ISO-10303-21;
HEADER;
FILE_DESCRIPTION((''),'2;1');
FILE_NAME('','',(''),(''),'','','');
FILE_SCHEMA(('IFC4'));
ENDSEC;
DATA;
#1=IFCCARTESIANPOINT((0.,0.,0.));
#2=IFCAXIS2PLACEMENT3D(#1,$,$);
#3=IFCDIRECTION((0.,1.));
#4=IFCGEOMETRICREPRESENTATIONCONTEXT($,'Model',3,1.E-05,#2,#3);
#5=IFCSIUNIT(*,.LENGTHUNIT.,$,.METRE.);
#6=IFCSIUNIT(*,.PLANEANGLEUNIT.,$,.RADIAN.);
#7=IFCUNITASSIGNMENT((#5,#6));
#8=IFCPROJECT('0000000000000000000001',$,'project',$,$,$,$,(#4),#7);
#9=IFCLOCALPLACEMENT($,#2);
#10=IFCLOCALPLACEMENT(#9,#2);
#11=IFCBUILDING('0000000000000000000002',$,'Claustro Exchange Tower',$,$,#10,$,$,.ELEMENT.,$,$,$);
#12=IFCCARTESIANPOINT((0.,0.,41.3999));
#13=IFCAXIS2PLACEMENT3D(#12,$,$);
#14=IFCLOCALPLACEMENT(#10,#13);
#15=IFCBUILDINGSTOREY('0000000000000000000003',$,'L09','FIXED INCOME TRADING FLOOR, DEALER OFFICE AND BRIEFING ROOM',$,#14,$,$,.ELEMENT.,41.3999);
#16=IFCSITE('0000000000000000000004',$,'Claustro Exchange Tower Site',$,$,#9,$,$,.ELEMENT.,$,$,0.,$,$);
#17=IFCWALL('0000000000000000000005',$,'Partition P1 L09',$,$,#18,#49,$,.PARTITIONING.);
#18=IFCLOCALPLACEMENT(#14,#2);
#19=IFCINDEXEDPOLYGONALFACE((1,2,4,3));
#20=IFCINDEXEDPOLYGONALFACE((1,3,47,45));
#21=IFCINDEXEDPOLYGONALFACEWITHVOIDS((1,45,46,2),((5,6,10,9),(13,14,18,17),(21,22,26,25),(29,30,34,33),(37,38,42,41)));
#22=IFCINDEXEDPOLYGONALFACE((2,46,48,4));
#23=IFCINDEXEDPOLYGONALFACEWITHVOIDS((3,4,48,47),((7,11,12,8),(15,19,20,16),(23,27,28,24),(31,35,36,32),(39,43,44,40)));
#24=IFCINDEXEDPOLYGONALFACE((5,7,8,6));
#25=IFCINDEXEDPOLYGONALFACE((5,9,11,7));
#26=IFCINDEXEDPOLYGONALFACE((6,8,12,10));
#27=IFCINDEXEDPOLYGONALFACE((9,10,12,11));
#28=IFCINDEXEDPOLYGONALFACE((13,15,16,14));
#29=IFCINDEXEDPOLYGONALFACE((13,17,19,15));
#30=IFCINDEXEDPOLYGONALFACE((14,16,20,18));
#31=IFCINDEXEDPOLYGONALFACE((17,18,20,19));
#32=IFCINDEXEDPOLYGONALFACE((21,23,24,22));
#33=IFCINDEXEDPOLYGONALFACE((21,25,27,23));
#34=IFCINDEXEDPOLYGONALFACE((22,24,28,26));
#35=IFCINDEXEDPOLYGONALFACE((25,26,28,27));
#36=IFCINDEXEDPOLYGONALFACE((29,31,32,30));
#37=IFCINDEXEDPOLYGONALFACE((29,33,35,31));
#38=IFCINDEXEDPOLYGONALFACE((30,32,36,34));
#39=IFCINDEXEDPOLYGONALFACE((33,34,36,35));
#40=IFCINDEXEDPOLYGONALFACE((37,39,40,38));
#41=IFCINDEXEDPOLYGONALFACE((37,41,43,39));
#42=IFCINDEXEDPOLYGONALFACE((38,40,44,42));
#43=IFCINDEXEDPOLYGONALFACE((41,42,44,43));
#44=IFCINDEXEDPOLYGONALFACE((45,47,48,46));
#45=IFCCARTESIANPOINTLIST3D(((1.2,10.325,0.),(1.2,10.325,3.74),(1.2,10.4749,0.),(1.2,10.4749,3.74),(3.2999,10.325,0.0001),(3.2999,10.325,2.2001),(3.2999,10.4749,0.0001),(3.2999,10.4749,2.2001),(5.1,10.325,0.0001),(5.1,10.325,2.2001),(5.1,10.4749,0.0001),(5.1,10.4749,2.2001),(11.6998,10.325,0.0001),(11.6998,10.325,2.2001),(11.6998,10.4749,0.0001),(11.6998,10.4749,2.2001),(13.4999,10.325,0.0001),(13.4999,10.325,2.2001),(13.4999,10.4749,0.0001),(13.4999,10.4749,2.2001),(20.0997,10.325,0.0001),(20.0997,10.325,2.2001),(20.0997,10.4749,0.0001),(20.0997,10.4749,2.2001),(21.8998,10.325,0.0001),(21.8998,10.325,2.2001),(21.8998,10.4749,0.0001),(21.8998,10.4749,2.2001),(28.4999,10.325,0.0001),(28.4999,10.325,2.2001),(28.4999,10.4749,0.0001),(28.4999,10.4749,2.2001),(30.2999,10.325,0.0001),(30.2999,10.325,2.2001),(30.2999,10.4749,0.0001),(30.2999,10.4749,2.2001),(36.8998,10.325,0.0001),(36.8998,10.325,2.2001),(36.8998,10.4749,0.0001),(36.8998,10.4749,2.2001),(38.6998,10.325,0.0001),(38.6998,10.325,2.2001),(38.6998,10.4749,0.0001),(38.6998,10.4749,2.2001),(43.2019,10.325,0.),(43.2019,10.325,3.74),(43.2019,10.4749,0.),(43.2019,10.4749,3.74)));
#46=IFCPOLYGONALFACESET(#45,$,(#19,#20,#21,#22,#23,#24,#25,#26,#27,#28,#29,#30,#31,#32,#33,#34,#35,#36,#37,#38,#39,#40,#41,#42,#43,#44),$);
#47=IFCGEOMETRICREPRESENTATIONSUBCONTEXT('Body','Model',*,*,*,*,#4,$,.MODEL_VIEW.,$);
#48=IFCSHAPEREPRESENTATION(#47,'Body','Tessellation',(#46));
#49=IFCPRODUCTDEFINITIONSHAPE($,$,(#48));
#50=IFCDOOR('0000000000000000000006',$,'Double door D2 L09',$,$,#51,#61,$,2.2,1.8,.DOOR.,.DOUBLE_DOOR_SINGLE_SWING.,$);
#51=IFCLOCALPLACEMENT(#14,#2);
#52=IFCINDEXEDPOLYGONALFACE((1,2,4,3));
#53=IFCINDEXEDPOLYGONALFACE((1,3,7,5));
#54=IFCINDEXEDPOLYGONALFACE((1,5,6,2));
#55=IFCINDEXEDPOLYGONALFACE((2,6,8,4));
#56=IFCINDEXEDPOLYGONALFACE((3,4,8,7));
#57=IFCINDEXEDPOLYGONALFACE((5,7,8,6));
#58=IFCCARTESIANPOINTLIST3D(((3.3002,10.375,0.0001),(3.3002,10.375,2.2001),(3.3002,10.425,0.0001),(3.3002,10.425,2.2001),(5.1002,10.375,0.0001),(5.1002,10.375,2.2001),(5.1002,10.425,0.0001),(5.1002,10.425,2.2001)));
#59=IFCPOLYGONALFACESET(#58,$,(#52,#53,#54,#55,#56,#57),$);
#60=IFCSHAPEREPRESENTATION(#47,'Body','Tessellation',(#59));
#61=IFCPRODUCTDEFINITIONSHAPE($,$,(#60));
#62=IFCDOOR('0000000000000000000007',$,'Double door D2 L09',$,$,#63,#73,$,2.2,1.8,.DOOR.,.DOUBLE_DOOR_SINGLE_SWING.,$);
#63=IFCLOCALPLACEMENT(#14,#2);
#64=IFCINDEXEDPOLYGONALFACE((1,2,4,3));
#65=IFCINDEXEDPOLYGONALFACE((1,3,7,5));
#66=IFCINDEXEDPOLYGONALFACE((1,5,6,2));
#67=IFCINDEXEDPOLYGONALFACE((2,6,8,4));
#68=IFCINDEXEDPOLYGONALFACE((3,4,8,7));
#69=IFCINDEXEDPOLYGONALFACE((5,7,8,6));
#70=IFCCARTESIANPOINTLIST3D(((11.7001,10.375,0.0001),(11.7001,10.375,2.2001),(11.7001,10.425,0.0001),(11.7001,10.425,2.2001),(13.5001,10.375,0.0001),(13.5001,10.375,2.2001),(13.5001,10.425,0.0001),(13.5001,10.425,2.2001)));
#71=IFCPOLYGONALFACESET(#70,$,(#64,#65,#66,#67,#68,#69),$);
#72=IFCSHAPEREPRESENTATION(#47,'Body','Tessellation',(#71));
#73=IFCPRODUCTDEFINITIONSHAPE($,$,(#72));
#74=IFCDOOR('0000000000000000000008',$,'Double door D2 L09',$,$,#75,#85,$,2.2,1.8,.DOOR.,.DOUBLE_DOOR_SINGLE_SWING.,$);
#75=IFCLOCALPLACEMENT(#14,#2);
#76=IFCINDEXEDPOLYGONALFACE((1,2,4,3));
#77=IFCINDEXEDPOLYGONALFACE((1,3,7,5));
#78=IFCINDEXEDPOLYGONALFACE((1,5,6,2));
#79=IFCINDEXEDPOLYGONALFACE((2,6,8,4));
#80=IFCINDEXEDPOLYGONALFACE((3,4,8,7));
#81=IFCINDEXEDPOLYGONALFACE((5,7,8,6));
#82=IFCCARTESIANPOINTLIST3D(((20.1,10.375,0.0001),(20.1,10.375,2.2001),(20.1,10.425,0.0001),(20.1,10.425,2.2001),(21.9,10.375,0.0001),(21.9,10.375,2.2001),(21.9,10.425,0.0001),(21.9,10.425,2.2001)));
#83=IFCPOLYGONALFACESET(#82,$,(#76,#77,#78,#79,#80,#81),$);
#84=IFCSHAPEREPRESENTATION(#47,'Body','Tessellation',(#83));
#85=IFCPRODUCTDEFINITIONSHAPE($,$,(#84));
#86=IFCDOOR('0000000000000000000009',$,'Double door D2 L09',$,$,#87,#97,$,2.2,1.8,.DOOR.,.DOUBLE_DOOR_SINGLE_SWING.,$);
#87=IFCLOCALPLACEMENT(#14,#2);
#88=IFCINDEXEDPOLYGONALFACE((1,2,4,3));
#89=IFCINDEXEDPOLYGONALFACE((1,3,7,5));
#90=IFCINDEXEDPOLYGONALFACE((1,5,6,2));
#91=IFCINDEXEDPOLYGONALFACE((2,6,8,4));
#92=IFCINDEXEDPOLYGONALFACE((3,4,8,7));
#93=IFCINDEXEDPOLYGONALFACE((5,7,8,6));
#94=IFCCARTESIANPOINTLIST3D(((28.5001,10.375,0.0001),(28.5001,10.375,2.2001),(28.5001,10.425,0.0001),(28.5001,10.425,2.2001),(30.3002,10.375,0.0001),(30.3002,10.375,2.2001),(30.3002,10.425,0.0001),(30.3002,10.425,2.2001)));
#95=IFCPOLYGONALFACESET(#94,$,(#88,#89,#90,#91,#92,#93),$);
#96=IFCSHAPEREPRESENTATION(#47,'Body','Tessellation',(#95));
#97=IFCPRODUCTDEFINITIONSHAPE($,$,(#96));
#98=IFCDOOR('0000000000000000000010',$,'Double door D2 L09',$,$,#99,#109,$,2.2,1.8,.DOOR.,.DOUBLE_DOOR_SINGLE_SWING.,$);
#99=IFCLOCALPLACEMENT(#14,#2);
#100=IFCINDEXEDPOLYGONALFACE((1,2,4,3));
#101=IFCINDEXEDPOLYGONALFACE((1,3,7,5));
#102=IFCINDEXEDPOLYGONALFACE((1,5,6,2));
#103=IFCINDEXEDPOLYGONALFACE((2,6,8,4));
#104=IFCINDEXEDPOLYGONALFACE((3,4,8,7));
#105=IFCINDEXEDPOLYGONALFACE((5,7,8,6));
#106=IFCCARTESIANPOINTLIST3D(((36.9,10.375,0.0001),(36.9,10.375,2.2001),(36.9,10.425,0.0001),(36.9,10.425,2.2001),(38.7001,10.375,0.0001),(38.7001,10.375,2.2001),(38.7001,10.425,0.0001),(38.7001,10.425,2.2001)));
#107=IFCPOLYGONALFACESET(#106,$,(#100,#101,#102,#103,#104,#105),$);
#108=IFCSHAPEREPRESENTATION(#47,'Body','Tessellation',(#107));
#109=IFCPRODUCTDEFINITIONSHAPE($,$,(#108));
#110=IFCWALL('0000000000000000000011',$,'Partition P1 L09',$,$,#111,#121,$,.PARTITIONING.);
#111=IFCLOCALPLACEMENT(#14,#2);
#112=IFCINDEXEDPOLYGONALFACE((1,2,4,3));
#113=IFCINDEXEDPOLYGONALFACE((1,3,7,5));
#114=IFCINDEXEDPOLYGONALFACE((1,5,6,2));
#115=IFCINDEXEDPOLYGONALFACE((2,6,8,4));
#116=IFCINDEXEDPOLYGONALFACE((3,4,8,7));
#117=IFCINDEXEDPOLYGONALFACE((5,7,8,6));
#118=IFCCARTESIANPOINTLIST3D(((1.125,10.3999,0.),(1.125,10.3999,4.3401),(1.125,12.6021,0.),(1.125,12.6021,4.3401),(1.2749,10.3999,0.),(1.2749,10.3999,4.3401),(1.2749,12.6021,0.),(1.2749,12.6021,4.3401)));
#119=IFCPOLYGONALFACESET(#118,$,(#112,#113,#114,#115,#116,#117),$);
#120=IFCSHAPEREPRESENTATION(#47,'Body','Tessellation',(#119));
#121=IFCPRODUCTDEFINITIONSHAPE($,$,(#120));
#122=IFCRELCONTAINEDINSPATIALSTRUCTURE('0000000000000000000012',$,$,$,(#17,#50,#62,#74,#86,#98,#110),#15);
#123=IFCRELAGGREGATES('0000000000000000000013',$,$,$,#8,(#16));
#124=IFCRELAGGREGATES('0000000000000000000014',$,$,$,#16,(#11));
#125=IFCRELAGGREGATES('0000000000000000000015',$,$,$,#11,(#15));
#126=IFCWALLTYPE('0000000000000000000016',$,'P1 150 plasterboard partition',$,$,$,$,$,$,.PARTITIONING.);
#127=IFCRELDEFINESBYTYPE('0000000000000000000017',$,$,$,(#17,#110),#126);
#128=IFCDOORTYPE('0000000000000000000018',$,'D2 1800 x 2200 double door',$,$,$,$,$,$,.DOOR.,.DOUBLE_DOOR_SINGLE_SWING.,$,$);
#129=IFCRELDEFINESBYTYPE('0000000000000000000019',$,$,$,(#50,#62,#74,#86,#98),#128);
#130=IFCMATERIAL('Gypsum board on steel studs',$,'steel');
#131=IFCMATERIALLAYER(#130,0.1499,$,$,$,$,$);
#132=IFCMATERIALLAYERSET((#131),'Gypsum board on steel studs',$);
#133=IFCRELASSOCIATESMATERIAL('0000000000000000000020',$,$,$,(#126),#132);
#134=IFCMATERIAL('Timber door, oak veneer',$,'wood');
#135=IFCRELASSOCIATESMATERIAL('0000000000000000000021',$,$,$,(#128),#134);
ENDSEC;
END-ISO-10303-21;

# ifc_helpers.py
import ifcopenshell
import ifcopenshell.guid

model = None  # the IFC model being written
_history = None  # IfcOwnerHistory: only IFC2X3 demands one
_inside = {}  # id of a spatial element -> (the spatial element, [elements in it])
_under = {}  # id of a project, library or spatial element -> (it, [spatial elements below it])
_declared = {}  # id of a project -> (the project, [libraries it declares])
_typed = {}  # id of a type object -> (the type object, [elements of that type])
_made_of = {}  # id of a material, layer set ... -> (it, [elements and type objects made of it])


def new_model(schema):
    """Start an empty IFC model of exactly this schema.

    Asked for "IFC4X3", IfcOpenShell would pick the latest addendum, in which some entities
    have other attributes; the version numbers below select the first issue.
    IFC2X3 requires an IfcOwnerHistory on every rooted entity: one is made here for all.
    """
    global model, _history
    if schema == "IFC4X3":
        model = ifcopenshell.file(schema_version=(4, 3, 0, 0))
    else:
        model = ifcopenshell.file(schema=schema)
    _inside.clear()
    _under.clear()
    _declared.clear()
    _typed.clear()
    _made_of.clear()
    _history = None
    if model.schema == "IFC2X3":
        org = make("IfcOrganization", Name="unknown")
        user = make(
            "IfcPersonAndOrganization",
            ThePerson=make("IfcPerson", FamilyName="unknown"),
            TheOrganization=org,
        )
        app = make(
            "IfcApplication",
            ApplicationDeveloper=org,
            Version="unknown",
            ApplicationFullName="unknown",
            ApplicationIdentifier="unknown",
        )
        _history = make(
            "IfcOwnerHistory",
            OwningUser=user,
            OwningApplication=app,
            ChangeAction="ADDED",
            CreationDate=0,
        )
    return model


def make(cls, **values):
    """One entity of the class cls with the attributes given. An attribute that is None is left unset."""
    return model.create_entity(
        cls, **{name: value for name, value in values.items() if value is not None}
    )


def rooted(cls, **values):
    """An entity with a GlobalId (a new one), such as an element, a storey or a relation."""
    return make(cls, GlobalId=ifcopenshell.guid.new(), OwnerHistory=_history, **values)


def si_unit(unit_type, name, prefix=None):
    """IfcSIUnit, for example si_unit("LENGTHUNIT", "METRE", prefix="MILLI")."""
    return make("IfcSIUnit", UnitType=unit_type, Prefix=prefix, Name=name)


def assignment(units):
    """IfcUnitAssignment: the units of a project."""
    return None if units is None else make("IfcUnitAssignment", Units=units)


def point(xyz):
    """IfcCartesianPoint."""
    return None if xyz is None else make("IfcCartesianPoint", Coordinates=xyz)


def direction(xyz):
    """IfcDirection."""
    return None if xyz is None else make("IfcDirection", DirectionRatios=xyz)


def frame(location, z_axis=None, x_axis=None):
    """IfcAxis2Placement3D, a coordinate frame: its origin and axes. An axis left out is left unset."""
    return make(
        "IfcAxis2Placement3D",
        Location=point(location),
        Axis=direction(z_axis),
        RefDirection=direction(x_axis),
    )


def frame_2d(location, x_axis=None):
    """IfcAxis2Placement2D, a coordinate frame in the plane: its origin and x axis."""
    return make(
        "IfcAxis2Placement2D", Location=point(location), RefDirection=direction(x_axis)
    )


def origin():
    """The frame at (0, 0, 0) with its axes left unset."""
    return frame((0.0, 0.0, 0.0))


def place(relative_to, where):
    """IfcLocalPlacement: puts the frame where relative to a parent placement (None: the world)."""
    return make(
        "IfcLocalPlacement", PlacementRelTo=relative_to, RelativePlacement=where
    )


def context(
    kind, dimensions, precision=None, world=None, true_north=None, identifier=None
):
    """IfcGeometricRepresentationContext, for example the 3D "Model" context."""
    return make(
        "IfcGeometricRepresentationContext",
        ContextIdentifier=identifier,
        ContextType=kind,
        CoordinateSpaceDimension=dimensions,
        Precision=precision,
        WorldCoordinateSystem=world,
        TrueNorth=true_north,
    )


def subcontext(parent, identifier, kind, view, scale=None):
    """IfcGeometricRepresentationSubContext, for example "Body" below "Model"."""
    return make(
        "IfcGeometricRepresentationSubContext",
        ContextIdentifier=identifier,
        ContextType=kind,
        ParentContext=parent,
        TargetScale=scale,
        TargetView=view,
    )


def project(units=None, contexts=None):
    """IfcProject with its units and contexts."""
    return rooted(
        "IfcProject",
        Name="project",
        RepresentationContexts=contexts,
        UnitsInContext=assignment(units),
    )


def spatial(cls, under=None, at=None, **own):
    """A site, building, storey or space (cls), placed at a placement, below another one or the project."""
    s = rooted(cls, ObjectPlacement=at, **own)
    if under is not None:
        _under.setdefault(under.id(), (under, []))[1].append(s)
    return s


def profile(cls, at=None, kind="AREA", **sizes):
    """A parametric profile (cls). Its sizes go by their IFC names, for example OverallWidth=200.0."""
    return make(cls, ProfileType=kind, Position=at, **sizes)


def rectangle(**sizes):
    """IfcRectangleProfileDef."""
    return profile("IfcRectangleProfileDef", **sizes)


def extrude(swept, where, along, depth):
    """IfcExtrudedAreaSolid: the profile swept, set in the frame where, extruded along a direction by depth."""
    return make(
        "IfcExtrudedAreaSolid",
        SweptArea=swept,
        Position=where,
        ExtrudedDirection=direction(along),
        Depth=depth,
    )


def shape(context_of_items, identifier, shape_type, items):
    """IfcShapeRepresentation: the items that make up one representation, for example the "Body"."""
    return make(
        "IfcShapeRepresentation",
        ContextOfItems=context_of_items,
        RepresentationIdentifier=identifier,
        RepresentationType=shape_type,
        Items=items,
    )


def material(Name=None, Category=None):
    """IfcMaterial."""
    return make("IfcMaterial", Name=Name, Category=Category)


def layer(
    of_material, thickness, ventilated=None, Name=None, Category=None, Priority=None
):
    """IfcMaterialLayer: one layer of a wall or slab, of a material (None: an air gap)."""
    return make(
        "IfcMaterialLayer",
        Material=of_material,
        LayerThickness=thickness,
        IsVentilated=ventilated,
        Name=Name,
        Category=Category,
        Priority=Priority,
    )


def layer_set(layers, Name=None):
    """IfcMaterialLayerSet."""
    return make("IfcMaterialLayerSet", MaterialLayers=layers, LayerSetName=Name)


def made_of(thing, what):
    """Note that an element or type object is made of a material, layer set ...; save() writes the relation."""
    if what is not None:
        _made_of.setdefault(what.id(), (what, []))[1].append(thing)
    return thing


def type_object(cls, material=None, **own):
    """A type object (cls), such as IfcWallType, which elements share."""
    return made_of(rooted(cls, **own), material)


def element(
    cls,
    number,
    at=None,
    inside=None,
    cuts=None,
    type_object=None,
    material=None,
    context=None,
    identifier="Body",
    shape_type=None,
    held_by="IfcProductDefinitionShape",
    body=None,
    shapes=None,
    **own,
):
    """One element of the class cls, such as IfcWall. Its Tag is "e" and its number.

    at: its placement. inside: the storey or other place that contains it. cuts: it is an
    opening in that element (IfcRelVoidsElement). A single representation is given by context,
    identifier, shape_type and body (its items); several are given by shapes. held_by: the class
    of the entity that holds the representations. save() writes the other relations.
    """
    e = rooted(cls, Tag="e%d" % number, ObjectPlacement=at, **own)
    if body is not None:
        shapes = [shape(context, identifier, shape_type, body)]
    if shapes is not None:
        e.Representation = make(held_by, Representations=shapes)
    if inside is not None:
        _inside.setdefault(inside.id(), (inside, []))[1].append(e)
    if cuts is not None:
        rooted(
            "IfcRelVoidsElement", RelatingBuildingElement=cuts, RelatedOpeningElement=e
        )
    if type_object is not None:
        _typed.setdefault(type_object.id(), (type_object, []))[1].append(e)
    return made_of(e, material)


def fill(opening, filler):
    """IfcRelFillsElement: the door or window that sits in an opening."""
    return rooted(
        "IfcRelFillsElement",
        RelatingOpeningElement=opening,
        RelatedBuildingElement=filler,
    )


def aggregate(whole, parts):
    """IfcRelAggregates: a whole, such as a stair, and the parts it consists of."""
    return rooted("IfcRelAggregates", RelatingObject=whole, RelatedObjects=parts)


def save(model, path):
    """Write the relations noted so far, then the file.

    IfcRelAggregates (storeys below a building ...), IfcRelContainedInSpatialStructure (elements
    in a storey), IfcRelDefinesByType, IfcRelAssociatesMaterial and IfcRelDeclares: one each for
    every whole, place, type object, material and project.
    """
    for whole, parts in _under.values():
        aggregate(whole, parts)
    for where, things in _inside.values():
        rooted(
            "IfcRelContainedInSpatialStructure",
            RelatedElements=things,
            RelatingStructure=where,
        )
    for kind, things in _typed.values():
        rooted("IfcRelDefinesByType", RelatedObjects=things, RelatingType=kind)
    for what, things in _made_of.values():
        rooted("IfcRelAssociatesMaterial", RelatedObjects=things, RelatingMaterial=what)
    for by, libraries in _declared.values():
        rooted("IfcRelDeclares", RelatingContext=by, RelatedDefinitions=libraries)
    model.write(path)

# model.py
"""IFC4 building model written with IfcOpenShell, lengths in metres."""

from ifc_helpers import new_model, si_unit, direction, frame, frame_2d, origin, place, context, subcontext, project, spatial, rectangle, extrude, material, layer, layer_set, type_object, element, fill, save


model = new_model("IFC4")

# Units and contexts
model_context = context("Model", 3, precision=1e-05, world=origin(), true_north=direction((0.0, 1.0)))
body_context = subcontext(model_context, "Body", "Model", "MODEL_VIEW")
ifc_project = project(units=[si_unit("LENGTHUNIT", "METRE"), si_unit("PLANEANGLEUNIT", "RADIAN")], contexts=[model_context])

# Site, building, storey
site_placement = place(None, origin())
site = spatial("IfcSite", under=ifc_project, at=site_placement, Name="Claustro Exchange Tower Site", CompositionType="ELEMENT", RefElevation=0.0)
building_placement = place(site_placement, origin())
building = spatial("IfcBuilding", under=site, at=building_placement, Name="Claustro Exchange Tower", CompositionType="ELEMENT")
storey_placement = place(building_placement, frame((0.0, 0.0, 41.3999)))
storey = spatial("IfcBuildingStorey", under=building, at=storey_placement, Name="L09", Description="FIXED INCOME TRADING FLOOR, DEALER OFFICE AND BRIEFING ROOM", CompositionType="ELEMENT", Elevation=41.3999)

# Wall, openings, doors
ifc_material_1 = material(Name="Gypsum board on steel studs", Category="steel")
ifc_layer_1 = layer(ifc_material_1, 0.1499)
ifc_layer_set_1 = layer_set([ifc_layer_1], Name="Gypsum board on steel studs")
wall_type_1 = type_object("IfcWallType", Name="P1 150 plasterboard partition", PredefinedType="PARTITIONING", material=ifc_layer_set_1)
wall_1_placement = place(storey_placement, frame((1.2, 10.3999, 0.0), z_axis=(0.0, 0.0, 1.0), x_axis=(1.0, 0.0, 0.0)))
wall_1 = element("IfcWall", 1, at=wall_1_placement, inside=storey, type_object=wall_type_1, Name="Partition P1 L09", PredefinedType="PARTITIONING", context=body_context, shape_type="SweptSolid", body=[
    extrude(rectangle(XDim=42.002, YDim=0.1499, at=frame_2d((21.001, 0.0))), origin(), (0.0, 0.0, 1.0), 3.74),
])
opening_1_placement = place(wall_1_placement, frame((2.1001, 0.0, 0.0)))
opening_1 = element("IfcOpeningElement", 2, at=opening_1_placement, cuts=wall_1, PredefinedType="OPENING", context=body_context, shape_type="SweptSolid", body=[
    extrude(rectangle(XDim=1.8, YDim=2.2, at=frame_2d((0.8999, 1.1001))), frame((0.0, 0.085, 0.0), z_axis=(0.0, -1.0, 0.0), x_axis=(1.0, 0.0, 0.0)), (0.0, 0.0, 1.0), 0.1699),
])
opening_2_placement = place(wall_1_placement, frame((10.5, 0.0, 0.0)))
opening_2 = element("IfcOpeningElement", 3, at=opening_2_placement, cuts=wall_1, PredefinedType="OPENING", context=body_context, shape_type="SweptSolid", body=[
    extrude(rectangle(XDim=1.8, YDim=2.2, at=frame_2d((0.8999, 1.1001))), frame((0.0, 0.085, 0.0), z_axis=(0.0, -1.0, 0.0), x_axis=(1.0, 0.0, 0.0)), (0.0, 0.0, 1.0), 0.1699),
])
opening_3_placement = place(wall_1_placement, frame((18.8999, 0.0, 0.0)))
opening_3 = element("IfcOpeningElement", 4, at=opening_3_placement, cuts=wall_1, PredefinedType="OPENING", context=body_context, shape_type="SweptSolid", body=[
    extrude(rectangle(XDim=1.8, YDim=2.2, at=frame_2d((0.8999, 1.1001))), frame((0.0, 0.085, 0.0), z_axis=(0.0, -1.0, 0.0), x_axis=(1.0, 0.0, 0.0)), (0.0, 0.0, 1.0), 0.1699),
])
opening_4_placement = place(wall_1_placement, frame((27.3, 0.0, 0.0)))
opening_4 = element("IfcOpeningElement", 5, at=opening_4_placement, cuts=wall_1, PredefinedType="OPENING", context=body_context, shape_type="SweptSolid", body=[
    extrude(rectangle(XDim=1.8, YDim=2.2, at=frame_2d((0.8999, 1.1001))), frame((0.0, 0.085, 0.0), z_axis=(0.0, -1.0, 0.0), x_axis=(1.0, 0.0, 0.0)), (0.0, 0.0, 1.0), 0.1699),
])
opening_5_placement = place(wall_1_placement, frame((35.7, 0.0, 0.0)))
opening_5 = element("IfcOpeningElement", 6, at=opening_5_placement, cuts=wall_1, PredefinedType="OPENING", context=body_context, shape_type="SweptSolid", body=[
    extrude(rectangle(XDim=1.8, YDim=2.2, at=frame_2d((0.8999, 1.1001))), frame((0.0, 0.085, 0.0), z_axis=(0.0, -1.0, 0.0), x_axis=(1.0, 0.0, 0.0)), (0.0, 0.0, 1.0), 0.1699),
])
ifc_material_2 = material(Name="Timber door, oak veneer", Category="wood")
door_type_1 = type_object("IfcDoorType", Name="D2 1800 x 2200 double door", OperationType="DOUBLE_DOOR_SINGLE_SWING", PredefinedType="DOOR", material=ifc_material_2)
door_1_placement = place(opening_1_placement, frame((1.8, 0.0, 0.0), z_axis=(0.0, 0.0, 1.0), x_axis=(-1.0, 0.0, 0.0)))
door_1 = element("IfcDoor", 7, at=door_1_placement, inside=storey, type_object=door_type_1, Name="Double door D2 L09", OperationType="DOUBLE_DOOR_SINGLE_SWING", OverallHeight=2.2, OverallWidth=1.8, PredefinedType="DOOR", context=body_context, shape_type="SweptSolid", body=[
    extrude(rectangle(XDim=1.8, YDim=2.2, at=frame_2d((0.8999, 1.1001))), frame((0.0, 0.0249, 0.0), z_axis=(0.0, -1.0, 0.0), x_axis=(1.0, 0.0, 0.0)), (0.0, 0.0, 1.0), 0.05),
])
fill(opening_1, door_1)
door_2_placement = place(opening_2_placement, frame((1.8, 0.0, 0.0), z_axis=(0.0, 0.0, 1.0), x_axis=(-1.0, 0.0, 0.0)))
door_2 = element("IfcDoor", 8, at=door_2_placement, inside=storey, type_object=door_type_1, Name="Double door D2 L09", OperationType="DOUBLE_DOOR_SINGLE_SWING", OverallHeight=2.2, OverallWidth=1.8, PredefinedType="DOOR", context=body_context, shape_type="SweptSolid", body=[
    extrude(rectangle(XDim=1.8, YDim=2.2, at=frame_2d((0.8999, 1.1001))), frame((0.0, 0.0249, 0.0), z_axis=(0.0, -1.0, 0.0), x_axis=(1.0, 0.0, 0.0)), (0.0, 0.0, 1.0), 0.05),
])
fill(opening_2, door_2)
door_3_placement = place(opening_3_placement, frame((1.8, 0.0, 0.0), z_axis=(0.0, 0.0, 1.0), x_axis=(-1.0, 0.0, 0.0)))
door_3 = element("IfcDoor", 9, at=door_3_placement, inside=storey, type_object=door_type_1, Name="Double door D2 L09", OperationType="DOUBLE_DOOR_SINGLE_SWING", OverallHeight=2.2, OverallWidth=1.8, PredefinedType="DOOR", context=body_context, shape_type="SweptSolid", body=[
    extrude(rectangle(XDim=1.8, YDim=2.2, at=frame_2d((0.8999, 1.1001))), frame((0.0, 0.0249, 0.0), z_axis=(0.0, -1.0, 0.0), x_axis=(1.0, 0.0, 0.0)), (0.0, 0.0, 1.0), 0.05),
])
fill(opening_3, door_3)
door_4_placement = place(opening_4_placement, frame((1.8, 0.0, 0.0), z_axis=(0.0, 0.0, 1.0), x_axis=(-1.0, 0.0, 0.0)))
door_4 = element("IfcDoor", 10, at=door_4_placement, inside=storey, type_object=door_type_1, Name="Double door D2 L09", OperationType="DOUBLE_DOOR_SINGLE_SWING", OverallHeight=2.2, OverallWidth=1.8, PredefinedType="DOOR", context=body_context, shape_type="SweptSolid", body=[
    extrude(rectangle(XDim=1.8, YDim=2.2, at=frame_2d((0.8999, 1.1001))), frame((0.0, 0.0249, 0.0), z_axis=(0.0, -1.0, 0.0), x_axis=(1.0, 0.0, 0.0)), (0.0, 0.0, 1.0), 0.05),
])
fill(opening_4, door_4)
door_5_placement = place(opening_5_placement, frame((1.8, 0.0, 0.0), z_axis=(0.0, 0.0, 1.0), x_axis=(-1.0, 0.0, 0.0)))
door_5 = element("IfcDoor", 11, at=door_5_placement, inside=storey, type_object=door_type_1, Name="Double door D2 L09", OperationType="DOUBLE_DOOR_SINGLE_SWING", OverallHeight=2.2, OverallWidth=1.8, PredefinedType="DOOR", context=body_context, shape_type="SweptSolid", body=[
    extrude(rectangle(XDim=1.8, YDim=2.2, at=frame_2d((0.8999, 1.1001))), frame((0.0, 0.0249, 0.0), z_axis=(0.0, -1.0, 0.0), x_axis=(1.0, 0.0, 0.0)), (0.0, 0.0, 1.0), 0.05),
])
fill(opening_5, door_5)

# Wall
wall_2_placement = place(storey_placement, frame((1.2, 10.3999, 0.0), z_axis=(0.0, 0.0, 1.0), x_axis=(0.0, 1.0, 0.0)))
element("IfcWall", 12, at=wall_2_placement, inside=storey, type_object=wall_type_1, Name="Partition P1 L09", PredefinedType="PARTITIONING", context=body_context, shape_type="SweptSolid", body=[
    extrude(rectangle(XDim=2.2021, YDim=0.1499, at=frame_2d((1.1011, 0.0))), origin(), (0.0, 0.0, 1.0), 4.3401),
])

save(model, "model.ifc")
